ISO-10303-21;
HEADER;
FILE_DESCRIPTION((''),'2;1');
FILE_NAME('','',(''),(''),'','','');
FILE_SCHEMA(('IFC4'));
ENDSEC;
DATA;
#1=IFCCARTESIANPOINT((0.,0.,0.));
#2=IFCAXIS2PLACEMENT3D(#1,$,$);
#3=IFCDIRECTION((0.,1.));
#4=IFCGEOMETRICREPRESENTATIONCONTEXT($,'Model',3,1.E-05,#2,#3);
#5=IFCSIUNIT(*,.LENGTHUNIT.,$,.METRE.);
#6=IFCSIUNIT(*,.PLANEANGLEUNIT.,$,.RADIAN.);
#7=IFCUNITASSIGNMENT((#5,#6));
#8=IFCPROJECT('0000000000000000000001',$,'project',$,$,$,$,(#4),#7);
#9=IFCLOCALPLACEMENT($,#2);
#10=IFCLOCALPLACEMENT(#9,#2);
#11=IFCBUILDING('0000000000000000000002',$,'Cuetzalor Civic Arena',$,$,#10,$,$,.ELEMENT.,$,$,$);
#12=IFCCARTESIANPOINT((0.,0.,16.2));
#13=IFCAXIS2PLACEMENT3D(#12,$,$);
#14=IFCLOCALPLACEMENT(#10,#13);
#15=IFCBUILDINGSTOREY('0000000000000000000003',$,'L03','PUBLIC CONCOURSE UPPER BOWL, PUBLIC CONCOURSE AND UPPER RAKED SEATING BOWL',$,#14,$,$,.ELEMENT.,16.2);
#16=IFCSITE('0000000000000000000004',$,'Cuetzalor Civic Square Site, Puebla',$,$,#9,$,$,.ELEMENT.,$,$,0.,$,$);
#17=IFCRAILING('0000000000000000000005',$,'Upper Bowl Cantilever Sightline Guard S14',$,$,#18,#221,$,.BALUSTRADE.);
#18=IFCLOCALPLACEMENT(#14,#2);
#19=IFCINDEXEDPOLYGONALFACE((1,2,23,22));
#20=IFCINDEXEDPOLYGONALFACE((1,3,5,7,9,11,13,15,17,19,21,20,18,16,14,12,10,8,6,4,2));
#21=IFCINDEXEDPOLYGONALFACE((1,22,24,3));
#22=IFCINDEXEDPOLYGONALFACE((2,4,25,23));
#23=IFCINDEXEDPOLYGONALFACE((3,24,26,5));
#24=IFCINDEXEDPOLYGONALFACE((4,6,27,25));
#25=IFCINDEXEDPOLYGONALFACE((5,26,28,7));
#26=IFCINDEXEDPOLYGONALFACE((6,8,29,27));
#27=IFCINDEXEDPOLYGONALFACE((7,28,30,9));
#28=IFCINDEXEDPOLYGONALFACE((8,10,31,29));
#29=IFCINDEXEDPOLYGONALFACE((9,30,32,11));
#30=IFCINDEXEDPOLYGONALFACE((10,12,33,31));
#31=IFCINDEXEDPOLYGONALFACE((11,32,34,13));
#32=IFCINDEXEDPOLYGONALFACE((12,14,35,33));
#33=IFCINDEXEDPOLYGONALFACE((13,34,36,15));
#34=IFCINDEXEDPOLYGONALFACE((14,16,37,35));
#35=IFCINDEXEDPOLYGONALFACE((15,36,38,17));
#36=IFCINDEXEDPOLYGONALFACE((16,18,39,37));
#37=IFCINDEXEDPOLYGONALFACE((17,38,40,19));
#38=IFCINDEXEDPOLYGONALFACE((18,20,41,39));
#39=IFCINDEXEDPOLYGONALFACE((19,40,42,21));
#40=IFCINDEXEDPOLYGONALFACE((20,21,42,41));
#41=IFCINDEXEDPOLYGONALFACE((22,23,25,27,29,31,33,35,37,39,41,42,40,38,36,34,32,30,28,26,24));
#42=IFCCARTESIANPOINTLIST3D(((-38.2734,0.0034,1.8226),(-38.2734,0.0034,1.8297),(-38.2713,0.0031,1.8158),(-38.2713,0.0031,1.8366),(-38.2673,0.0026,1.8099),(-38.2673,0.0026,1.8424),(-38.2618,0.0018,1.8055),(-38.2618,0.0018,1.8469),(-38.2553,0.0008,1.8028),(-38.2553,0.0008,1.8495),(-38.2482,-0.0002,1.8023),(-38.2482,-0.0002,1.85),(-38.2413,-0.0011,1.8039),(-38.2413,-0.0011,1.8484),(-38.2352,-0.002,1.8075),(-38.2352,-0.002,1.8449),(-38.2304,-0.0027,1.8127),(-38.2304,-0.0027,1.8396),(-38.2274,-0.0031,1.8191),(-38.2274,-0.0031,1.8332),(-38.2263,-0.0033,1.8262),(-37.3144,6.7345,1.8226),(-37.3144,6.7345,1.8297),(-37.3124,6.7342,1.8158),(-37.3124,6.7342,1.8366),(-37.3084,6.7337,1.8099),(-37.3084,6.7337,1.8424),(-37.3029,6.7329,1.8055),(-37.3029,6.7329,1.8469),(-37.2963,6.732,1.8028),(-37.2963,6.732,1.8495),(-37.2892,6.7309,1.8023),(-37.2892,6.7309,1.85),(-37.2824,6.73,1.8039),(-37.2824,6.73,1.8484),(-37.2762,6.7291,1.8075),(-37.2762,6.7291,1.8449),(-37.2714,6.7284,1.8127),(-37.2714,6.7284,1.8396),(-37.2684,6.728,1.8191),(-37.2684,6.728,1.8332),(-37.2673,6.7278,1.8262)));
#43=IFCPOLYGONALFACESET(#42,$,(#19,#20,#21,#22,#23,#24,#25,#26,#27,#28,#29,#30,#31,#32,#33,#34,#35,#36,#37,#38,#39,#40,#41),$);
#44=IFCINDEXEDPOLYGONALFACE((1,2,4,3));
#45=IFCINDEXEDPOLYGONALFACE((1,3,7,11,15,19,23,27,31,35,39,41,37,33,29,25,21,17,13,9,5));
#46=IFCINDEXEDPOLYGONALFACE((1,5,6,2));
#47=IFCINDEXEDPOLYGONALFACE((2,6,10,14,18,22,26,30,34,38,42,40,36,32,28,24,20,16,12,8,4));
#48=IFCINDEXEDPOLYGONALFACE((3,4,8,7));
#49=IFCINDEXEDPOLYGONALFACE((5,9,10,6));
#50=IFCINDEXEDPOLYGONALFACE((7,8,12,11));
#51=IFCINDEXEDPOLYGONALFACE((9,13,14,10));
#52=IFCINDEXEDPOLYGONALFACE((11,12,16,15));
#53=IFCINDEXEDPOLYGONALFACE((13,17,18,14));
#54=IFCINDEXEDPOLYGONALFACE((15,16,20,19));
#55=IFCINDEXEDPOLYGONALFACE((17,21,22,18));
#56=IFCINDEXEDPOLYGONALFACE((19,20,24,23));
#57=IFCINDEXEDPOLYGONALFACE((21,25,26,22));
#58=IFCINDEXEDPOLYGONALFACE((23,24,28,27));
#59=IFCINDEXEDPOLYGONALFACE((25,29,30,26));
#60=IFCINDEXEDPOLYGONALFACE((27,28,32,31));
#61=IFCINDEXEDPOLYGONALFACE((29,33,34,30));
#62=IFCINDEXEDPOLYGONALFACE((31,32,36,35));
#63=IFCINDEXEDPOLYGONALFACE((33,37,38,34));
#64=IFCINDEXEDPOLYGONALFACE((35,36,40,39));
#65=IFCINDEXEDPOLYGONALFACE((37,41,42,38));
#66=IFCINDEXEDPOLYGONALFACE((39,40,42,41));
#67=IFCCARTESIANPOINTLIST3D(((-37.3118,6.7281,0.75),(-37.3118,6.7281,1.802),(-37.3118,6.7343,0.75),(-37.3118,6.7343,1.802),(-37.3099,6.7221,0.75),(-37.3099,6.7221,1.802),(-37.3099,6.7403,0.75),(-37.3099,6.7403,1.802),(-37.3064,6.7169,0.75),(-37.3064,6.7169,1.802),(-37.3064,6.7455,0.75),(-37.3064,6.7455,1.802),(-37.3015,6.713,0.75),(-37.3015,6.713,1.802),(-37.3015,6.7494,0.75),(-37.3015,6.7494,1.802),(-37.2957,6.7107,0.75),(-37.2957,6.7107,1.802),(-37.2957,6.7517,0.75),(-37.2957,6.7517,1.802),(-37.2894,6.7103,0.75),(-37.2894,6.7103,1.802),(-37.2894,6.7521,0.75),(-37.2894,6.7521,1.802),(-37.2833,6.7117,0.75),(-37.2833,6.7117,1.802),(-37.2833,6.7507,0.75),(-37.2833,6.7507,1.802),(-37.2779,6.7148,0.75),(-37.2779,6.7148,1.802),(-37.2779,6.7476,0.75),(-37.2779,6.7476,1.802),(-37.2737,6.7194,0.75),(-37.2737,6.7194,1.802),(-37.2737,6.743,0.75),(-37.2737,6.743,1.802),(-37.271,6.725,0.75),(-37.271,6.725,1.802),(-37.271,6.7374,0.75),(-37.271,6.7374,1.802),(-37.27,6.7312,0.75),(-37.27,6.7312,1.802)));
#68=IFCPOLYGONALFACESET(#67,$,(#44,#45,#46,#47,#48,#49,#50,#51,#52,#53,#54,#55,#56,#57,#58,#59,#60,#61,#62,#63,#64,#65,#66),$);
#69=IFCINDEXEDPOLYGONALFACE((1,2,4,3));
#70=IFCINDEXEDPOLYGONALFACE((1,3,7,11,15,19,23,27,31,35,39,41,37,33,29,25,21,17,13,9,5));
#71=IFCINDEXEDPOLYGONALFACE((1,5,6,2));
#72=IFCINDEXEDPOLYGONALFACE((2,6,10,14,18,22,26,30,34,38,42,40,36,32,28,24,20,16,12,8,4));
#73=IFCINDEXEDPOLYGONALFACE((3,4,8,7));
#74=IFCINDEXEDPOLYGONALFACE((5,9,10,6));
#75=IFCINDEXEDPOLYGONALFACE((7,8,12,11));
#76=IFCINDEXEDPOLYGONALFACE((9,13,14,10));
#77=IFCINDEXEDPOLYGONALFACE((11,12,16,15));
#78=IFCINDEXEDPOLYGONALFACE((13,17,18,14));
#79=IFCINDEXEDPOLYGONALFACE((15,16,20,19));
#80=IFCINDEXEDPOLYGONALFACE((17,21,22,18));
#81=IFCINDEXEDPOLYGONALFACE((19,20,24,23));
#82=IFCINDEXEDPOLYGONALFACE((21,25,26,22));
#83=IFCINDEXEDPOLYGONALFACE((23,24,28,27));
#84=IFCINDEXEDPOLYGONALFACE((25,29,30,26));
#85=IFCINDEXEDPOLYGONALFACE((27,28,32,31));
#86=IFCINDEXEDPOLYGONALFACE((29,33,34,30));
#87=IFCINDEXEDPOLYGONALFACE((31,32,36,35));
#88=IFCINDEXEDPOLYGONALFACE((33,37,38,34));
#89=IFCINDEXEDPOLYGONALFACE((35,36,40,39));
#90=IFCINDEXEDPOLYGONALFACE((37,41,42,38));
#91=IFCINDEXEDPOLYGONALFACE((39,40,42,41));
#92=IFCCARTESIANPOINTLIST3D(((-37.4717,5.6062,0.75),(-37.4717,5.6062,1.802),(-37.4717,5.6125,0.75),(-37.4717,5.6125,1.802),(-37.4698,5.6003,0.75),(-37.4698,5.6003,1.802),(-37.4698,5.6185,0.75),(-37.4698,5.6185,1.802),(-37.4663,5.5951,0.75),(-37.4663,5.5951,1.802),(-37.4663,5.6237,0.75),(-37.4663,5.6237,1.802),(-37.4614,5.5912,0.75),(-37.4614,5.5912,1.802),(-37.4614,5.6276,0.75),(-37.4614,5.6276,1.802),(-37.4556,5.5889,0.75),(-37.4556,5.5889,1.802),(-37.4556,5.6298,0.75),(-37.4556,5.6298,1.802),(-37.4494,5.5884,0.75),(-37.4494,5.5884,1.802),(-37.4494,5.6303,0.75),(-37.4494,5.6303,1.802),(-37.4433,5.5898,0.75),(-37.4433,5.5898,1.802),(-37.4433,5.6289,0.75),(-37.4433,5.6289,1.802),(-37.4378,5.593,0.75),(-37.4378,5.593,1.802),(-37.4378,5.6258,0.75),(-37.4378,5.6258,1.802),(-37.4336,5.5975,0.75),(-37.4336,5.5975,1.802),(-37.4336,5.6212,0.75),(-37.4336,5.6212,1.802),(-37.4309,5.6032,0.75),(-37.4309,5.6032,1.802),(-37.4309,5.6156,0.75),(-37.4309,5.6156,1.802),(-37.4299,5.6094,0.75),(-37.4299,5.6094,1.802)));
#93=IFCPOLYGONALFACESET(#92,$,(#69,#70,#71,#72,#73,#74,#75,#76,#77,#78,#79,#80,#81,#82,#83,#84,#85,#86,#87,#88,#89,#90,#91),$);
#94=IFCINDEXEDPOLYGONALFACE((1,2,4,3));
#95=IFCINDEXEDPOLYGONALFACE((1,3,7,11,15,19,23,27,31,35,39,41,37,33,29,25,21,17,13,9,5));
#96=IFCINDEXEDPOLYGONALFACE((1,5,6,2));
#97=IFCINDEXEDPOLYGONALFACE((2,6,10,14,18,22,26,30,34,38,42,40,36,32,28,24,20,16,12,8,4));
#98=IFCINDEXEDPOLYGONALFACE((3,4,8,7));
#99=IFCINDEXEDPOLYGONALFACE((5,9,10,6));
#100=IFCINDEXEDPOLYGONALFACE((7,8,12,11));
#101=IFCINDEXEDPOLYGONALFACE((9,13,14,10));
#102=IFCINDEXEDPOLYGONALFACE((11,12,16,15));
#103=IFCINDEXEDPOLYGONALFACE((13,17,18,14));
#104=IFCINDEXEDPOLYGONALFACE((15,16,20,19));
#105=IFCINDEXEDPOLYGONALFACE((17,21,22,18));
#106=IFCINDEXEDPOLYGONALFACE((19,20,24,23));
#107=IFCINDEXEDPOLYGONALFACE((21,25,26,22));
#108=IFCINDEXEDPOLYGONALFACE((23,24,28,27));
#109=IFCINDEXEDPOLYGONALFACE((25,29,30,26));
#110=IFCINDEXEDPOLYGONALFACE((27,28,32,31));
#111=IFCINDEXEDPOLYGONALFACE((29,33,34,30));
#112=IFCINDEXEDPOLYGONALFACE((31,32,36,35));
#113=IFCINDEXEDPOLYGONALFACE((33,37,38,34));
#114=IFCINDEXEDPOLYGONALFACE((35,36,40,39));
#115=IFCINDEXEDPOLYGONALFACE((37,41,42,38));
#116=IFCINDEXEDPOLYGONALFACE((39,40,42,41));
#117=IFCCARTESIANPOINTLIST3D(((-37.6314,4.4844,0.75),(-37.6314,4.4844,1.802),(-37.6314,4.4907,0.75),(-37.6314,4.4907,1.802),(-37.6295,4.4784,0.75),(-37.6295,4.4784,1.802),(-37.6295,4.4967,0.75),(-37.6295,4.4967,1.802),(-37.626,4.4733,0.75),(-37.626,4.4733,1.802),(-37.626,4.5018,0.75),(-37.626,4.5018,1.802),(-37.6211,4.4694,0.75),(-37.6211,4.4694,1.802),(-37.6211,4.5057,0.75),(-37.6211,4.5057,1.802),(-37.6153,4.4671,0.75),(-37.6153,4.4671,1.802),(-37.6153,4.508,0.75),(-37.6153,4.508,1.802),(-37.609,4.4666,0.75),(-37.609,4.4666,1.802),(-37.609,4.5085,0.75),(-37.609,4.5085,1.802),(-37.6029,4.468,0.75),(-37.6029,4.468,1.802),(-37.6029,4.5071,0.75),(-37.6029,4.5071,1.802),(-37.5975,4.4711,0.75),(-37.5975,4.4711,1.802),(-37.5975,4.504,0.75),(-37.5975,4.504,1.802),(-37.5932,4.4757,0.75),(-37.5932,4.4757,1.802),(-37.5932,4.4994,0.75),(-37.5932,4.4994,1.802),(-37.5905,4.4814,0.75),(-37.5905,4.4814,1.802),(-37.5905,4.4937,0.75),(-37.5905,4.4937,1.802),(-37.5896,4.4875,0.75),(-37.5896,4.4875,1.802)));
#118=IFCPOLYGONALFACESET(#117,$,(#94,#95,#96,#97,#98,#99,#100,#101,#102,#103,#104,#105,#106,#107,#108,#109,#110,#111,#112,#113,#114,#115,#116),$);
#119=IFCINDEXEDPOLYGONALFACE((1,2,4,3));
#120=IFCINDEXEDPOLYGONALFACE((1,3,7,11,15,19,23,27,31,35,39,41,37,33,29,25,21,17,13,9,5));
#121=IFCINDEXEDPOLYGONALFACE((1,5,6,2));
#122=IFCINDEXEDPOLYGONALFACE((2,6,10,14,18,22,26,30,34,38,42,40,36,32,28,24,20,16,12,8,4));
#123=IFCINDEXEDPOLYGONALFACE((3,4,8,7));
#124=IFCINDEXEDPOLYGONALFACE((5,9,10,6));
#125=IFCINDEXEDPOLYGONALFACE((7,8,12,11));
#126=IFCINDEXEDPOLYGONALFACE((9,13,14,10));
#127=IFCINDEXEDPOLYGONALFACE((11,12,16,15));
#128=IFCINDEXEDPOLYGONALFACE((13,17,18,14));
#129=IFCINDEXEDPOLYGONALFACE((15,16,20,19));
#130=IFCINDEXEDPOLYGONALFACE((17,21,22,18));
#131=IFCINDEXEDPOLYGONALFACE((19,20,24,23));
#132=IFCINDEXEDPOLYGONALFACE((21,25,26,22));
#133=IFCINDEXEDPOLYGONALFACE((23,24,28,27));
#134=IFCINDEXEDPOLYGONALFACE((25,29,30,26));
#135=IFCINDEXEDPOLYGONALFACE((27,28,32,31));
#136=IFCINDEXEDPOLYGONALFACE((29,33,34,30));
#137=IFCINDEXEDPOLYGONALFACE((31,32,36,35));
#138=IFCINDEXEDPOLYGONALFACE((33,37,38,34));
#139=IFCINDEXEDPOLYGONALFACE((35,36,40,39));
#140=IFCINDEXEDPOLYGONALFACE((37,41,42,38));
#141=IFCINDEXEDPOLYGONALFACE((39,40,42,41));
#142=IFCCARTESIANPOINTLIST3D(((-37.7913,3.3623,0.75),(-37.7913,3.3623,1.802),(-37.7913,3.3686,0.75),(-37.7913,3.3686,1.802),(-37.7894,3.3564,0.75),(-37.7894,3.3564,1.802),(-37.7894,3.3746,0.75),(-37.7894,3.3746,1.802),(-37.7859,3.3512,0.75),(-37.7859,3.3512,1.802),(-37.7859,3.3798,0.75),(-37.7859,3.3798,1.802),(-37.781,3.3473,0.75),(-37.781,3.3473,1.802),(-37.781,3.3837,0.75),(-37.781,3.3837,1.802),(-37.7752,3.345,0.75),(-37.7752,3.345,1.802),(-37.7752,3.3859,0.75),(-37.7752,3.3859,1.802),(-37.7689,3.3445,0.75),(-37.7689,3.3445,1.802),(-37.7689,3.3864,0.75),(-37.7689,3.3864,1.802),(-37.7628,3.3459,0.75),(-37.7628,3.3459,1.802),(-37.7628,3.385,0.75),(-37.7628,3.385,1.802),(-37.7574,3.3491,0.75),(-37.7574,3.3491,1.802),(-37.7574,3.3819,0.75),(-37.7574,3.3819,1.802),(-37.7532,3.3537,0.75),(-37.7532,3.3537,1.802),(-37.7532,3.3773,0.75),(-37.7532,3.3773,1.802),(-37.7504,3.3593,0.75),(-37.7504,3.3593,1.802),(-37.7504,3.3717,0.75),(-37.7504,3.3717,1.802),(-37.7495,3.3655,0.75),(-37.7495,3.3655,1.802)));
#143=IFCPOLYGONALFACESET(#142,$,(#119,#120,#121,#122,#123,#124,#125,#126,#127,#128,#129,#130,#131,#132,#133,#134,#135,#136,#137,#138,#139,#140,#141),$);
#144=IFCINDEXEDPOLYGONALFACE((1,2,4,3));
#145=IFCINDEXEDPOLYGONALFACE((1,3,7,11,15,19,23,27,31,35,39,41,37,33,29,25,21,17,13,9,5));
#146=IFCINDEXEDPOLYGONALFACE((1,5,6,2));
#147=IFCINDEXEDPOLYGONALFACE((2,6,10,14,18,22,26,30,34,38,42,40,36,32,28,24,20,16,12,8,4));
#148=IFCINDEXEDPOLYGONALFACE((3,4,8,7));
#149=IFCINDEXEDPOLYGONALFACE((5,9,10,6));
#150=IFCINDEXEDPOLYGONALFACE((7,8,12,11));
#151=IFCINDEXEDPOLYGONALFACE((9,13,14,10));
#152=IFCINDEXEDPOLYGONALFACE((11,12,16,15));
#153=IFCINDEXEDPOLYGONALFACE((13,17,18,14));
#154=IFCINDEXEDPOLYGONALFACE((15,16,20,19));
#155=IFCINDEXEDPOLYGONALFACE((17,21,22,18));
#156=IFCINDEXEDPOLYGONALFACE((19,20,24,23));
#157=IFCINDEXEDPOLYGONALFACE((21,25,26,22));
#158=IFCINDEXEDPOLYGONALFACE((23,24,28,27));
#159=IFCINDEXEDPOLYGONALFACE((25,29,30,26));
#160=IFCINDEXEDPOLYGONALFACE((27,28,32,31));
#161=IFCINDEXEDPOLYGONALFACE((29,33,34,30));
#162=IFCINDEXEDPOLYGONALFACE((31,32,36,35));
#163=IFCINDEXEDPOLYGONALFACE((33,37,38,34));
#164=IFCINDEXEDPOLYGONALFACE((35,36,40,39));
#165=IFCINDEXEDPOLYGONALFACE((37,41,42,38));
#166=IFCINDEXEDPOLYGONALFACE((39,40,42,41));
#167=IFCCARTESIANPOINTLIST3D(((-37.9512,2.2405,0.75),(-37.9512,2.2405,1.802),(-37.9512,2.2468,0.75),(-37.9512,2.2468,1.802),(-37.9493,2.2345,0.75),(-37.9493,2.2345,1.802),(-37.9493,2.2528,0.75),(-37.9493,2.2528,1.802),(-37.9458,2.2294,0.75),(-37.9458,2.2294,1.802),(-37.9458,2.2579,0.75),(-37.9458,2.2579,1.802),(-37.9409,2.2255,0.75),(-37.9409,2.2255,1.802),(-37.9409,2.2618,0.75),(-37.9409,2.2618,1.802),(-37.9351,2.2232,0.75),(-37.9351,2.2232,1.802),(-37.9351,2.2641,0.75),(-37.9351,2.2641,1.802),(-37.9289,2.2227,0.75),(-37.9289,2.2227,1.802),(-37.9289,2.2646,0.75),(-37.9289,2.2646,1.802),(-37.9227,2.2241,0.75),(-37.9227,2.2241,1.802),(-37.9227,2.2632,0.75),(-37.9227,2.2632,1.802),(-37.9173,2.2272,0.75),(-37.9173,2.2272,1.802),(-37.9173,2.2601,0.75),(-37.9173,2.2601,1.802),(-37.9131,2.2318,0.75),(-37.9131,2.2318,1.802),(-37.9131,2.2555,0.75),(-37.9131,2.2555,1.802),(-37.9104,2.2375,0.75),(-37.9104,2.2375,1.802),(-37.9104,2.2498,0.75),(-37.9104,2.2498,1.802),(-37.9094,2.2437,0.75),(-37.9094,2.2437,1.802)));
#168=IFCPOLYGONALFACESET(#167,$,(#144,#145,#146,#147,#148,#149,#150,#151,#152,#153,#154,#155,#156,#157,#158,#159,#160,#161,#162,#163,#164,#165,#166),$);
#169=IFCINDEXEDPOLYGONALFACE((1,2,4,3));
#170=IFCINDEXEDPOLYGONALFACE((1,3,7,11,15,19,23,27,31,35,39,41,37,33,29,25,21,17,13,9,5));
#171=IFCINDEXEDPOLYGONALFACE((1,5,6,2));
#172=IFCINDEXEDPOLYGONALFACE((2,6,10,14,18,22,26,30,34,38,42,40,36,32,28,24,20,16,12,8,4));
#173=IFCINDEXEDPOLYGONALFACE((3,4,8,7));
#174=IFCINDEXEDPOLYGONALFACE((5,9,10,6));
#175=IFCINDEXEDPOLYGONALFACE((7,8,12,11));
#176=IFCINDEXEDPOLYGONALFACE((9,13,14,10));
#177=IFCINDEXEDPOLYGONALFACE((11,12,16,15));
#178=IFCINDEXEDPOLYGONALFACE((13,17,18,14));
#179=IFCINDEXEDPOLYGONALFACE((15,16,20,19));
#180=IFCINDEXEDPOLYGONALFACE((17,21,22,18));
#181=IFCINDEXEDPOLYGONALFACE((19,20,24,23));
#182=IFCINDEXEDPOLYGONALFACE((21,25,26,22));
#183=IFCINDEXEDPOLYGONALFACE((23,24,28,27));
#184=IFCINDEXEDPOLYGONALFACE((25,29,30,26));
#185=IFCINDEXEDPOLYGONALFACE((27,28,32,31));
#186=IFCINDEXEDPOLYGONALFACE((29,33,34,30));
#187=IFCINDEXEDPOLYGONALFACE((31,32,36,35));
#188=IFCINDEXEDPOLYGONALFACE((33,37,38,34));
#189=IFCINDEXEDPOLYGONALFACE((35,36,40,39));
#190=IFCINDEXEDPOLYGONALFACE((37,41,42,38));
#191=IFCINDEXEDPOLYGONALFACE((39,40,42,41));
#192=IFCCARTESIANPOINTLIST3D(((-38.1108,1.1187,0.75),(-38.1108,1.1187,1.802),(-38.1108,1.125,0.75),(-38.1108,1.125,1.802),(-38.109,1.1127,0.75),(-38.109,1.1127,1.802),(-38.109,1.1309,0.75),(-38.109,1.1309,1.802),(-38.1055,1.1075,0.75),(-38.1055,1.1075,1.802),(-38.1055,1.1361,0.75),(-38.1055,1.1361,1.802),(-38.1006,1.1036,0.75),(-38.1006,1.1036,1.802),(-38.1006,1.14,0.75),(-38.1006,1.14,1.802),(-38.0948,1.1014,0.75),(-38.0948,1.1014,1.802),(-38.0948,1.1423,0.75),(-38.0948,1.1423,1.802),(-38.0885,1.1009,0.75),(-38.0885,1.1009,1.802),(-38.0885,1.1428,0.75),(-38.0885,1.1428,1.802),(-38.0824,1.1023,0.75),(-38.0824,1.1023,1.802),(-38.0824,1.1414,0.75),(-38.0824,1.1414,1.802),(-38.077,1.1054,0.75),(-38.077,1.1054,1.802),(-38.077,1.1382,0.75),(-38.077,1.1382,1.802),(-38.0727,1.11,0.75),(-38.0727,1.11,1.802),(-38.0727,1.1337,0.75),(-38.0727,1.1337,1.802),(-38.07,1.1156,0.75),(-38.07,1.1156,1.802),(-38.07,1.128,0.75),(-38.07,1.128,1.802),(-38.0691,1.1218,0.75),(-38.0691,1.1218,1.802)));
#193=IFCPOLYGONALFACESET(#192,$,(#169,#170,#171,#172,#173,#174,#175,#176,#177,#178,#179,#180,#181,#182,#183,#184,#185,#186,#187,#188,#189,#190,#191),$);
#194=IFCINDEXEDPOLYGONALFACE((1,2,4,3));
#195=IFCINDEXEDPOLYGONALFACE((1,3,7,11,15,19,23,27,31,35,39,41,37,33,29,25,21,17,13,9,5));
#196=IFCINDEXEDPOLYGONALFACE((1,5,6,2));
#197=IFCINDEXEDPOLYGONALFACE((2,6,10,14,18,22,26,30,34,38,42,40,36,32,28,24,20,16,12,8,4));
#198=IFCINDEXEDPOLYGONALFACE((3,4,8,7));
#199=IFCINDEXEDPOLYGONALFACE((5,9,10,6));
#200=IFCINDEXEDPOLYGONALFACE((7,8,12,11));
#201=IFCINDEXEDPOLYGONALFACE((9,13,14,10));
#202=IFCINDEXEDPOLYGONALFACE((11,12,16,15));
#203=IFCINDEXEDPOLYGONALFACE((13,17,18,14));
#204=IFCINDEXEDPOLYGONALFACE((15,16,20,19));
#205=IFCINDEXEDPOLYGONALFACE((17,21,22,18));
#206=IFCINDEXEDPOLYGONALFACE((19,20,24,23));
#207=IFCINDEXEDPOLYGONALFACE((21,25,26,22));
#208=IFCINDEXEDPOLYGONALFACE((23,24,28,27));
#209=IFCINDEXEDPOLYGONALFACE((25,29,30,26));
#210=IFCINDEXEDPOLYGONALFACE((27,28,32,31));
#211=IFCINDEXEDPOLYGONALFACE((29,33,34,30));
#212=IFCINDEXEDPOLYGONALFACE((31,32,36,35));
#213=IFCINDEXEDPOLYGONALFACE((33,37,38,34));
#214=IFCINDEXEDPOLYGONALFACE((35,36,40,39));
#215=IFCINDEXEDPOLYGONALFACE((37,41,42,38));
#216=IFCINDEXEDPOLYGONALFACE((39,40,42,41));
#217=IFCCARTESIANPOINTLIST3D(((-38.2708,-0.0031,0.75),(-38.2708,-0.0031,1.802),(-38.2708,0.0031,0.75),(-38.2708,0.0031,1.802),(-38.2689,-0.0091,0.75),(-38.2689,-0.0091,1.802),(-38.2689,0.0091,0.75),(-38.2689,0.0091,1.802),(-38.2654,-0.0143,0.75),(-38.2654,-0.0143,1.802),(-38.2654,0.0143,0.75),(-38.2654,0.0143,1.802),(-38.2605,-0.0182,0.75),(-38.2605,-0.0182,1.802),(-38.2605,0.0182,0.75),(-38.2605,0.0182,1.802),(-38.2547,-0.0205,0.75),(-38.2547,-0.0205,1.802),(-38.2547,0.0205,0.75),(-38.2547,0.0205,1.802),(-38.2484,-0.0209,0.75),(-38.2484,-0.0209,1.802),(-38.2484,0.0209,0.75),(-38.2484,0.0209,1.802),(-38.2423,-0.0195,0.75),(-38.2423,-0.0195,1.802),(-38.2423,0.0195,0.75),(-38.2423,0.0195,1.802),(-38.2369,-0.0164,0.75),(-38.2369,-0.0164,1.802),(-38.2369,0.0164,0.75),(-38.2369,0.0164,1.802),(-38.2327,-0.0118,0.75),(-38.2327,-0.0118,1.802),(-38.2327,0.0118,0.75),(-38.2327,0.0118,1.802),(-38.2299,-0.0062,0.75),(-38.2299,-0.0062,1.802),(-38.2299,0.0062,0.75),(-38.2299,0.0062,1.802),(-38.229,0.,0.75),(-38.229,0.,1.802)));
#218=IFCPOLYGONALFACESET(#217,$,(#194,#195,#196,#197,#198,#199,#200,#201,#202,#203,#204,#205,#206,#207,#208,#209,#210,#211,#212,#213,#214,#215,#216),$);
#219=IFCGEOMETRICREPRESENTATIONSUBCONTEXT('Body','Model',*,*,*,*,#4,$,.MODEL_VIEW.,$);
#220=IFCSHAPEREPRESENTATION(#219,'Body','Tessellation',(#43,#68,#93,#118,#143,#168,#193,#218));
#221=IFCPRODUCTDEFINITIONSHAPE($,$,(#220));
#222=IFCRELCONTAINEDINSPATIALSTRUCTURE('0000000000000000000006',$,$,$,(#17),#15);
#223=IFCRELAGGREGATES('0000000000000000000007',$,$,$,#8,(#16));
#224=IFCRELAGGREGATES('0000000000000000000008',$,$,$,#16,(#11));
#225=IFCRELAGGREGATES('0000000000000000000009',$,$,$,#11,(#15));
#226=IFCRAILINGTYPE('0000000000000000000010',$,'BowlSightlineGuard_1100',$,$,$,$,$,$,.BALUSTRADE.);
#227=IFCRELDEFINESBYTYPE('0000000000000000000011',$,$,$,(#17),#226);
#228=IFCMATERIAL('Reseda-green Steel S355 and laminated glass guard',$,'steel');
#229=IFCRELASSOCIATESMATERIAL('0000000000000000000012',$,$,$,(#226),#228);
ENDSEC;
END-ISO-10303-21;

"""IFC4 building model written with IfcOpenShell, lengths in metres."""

from ifc_helpers import new_model, si_unit, direction, frame, origin, origin_2d, place, context, subcontext, project, spatial, circle, extrude, material, type_object, element, save


model = new_model("IFC4")

# Units and contexts
model_context = context("Model", 3, precision=1e-05, world=origin(), true_north=direction((0.0, 1.0)))
body_context = subcontext(model_context, "Body", "Model", "MODEL_VIEW")
ifc_project = project(units=[si_unit("LENGTHUNIT", "METRE"), si_unit("PLANEANGLEUNIT", "RADIAN")], contexts=[model_context])

# Site, building, storey
site_placement = place(None, origin())
site = spatial("IfcSite", under=ifc_project, at=site_placement, Name="Cuetzalor Civic Square Site, Puebla", CompositionType="ELEMENT", RefElevation=0.0)
building_placement = place(site_placement, origin())
building = spatial("IfcBuilding", under=site, at=building_placement, Name="Cuetzalor Civic Arena", CompositionType="ELEMENT")
storey_placement = place(building_placement, frame((0.0, 0.0, 16.2)))
storey = spatial("IfcBuildingStorey", under=building, at=storey_placement, Name="L03", Description="PUBLIC CONCOURSE UPPER BOWL, PUBLIC CONCOURSE AND UPPER RAKED SEATING BOWL", CompositionType="ELEMENT", Elevation=16.2)

# Railing
ifc_material_1 = material(Name="Reseda-green Steel S355 and laminated glass guard", Category="steel")
railing_type = type_object("IfcRailingType", Name="BowlSightlineGuard_1100", PredefinedType="BALUSTRADE", material=ifc_material_1)
railing_1_placement = place(storey_placement, frame((-37.291, 6.7312, 0.75)))
element("IfcRailing", 1, at=railing_1_placement, inside=storey, type_object=railing_type, Name="Upper Bowl Cantilever Sightline Guard S14", PredefinedType="BALUSTRADE", context=body_context, shape_type="SweptSolid", body=[
    extrude(circle(Radius=0.0239, at=origin_2d()), frame((0.0, 0.0, 1.0762), z_axis=(-0.141044, -0.990003, 0.0), x_axis=(0.990003, -0.141044, 0.0)), (0.0, 0.0, 1.0), 6.7991),
    extrude(circle(Radius=0.021, at=origin_2d()), origin(), (0.0, 0.0, 1.0), 1.052),
    extrude(circle(Radius=0.021, at=origin_2d()), frame((-0.1599, -1.1218, 0.0)), (0.0, 0.0, 1.0), 1.052),
    extrude(circle(Radius=0.021, at=origin_2d()), frame((-0.3196, -2.2437, 0.0)), (0.0, 0.0, 1.0), 1.052),
    extrude(circle(Radius=0.021, at=origin_2d()), frame((-0.4795, -3.3657, 0.0)), (0.0, 0.0, 1.0), 1.052),
    extrude(circle(Radius=0.021, at=origin_2d()), frame((-0.6394, -4.4875, 0.0)), (0.0, 0.0, 1.0), 1.052),
    extrude(circle(Radius=0.021, at=origin_2d()), frame((-0.7991, -5.6094, 0.0)), (0.0, 0.0, 1.0), 1.052),
    extrude(circle(Radius=0.021, at=origin_2d()), frame((-0.959, -6.7312, 0.0)), (0.0, 0.0, 1.0), 1.052),
])

save(model, "model.ifc")
